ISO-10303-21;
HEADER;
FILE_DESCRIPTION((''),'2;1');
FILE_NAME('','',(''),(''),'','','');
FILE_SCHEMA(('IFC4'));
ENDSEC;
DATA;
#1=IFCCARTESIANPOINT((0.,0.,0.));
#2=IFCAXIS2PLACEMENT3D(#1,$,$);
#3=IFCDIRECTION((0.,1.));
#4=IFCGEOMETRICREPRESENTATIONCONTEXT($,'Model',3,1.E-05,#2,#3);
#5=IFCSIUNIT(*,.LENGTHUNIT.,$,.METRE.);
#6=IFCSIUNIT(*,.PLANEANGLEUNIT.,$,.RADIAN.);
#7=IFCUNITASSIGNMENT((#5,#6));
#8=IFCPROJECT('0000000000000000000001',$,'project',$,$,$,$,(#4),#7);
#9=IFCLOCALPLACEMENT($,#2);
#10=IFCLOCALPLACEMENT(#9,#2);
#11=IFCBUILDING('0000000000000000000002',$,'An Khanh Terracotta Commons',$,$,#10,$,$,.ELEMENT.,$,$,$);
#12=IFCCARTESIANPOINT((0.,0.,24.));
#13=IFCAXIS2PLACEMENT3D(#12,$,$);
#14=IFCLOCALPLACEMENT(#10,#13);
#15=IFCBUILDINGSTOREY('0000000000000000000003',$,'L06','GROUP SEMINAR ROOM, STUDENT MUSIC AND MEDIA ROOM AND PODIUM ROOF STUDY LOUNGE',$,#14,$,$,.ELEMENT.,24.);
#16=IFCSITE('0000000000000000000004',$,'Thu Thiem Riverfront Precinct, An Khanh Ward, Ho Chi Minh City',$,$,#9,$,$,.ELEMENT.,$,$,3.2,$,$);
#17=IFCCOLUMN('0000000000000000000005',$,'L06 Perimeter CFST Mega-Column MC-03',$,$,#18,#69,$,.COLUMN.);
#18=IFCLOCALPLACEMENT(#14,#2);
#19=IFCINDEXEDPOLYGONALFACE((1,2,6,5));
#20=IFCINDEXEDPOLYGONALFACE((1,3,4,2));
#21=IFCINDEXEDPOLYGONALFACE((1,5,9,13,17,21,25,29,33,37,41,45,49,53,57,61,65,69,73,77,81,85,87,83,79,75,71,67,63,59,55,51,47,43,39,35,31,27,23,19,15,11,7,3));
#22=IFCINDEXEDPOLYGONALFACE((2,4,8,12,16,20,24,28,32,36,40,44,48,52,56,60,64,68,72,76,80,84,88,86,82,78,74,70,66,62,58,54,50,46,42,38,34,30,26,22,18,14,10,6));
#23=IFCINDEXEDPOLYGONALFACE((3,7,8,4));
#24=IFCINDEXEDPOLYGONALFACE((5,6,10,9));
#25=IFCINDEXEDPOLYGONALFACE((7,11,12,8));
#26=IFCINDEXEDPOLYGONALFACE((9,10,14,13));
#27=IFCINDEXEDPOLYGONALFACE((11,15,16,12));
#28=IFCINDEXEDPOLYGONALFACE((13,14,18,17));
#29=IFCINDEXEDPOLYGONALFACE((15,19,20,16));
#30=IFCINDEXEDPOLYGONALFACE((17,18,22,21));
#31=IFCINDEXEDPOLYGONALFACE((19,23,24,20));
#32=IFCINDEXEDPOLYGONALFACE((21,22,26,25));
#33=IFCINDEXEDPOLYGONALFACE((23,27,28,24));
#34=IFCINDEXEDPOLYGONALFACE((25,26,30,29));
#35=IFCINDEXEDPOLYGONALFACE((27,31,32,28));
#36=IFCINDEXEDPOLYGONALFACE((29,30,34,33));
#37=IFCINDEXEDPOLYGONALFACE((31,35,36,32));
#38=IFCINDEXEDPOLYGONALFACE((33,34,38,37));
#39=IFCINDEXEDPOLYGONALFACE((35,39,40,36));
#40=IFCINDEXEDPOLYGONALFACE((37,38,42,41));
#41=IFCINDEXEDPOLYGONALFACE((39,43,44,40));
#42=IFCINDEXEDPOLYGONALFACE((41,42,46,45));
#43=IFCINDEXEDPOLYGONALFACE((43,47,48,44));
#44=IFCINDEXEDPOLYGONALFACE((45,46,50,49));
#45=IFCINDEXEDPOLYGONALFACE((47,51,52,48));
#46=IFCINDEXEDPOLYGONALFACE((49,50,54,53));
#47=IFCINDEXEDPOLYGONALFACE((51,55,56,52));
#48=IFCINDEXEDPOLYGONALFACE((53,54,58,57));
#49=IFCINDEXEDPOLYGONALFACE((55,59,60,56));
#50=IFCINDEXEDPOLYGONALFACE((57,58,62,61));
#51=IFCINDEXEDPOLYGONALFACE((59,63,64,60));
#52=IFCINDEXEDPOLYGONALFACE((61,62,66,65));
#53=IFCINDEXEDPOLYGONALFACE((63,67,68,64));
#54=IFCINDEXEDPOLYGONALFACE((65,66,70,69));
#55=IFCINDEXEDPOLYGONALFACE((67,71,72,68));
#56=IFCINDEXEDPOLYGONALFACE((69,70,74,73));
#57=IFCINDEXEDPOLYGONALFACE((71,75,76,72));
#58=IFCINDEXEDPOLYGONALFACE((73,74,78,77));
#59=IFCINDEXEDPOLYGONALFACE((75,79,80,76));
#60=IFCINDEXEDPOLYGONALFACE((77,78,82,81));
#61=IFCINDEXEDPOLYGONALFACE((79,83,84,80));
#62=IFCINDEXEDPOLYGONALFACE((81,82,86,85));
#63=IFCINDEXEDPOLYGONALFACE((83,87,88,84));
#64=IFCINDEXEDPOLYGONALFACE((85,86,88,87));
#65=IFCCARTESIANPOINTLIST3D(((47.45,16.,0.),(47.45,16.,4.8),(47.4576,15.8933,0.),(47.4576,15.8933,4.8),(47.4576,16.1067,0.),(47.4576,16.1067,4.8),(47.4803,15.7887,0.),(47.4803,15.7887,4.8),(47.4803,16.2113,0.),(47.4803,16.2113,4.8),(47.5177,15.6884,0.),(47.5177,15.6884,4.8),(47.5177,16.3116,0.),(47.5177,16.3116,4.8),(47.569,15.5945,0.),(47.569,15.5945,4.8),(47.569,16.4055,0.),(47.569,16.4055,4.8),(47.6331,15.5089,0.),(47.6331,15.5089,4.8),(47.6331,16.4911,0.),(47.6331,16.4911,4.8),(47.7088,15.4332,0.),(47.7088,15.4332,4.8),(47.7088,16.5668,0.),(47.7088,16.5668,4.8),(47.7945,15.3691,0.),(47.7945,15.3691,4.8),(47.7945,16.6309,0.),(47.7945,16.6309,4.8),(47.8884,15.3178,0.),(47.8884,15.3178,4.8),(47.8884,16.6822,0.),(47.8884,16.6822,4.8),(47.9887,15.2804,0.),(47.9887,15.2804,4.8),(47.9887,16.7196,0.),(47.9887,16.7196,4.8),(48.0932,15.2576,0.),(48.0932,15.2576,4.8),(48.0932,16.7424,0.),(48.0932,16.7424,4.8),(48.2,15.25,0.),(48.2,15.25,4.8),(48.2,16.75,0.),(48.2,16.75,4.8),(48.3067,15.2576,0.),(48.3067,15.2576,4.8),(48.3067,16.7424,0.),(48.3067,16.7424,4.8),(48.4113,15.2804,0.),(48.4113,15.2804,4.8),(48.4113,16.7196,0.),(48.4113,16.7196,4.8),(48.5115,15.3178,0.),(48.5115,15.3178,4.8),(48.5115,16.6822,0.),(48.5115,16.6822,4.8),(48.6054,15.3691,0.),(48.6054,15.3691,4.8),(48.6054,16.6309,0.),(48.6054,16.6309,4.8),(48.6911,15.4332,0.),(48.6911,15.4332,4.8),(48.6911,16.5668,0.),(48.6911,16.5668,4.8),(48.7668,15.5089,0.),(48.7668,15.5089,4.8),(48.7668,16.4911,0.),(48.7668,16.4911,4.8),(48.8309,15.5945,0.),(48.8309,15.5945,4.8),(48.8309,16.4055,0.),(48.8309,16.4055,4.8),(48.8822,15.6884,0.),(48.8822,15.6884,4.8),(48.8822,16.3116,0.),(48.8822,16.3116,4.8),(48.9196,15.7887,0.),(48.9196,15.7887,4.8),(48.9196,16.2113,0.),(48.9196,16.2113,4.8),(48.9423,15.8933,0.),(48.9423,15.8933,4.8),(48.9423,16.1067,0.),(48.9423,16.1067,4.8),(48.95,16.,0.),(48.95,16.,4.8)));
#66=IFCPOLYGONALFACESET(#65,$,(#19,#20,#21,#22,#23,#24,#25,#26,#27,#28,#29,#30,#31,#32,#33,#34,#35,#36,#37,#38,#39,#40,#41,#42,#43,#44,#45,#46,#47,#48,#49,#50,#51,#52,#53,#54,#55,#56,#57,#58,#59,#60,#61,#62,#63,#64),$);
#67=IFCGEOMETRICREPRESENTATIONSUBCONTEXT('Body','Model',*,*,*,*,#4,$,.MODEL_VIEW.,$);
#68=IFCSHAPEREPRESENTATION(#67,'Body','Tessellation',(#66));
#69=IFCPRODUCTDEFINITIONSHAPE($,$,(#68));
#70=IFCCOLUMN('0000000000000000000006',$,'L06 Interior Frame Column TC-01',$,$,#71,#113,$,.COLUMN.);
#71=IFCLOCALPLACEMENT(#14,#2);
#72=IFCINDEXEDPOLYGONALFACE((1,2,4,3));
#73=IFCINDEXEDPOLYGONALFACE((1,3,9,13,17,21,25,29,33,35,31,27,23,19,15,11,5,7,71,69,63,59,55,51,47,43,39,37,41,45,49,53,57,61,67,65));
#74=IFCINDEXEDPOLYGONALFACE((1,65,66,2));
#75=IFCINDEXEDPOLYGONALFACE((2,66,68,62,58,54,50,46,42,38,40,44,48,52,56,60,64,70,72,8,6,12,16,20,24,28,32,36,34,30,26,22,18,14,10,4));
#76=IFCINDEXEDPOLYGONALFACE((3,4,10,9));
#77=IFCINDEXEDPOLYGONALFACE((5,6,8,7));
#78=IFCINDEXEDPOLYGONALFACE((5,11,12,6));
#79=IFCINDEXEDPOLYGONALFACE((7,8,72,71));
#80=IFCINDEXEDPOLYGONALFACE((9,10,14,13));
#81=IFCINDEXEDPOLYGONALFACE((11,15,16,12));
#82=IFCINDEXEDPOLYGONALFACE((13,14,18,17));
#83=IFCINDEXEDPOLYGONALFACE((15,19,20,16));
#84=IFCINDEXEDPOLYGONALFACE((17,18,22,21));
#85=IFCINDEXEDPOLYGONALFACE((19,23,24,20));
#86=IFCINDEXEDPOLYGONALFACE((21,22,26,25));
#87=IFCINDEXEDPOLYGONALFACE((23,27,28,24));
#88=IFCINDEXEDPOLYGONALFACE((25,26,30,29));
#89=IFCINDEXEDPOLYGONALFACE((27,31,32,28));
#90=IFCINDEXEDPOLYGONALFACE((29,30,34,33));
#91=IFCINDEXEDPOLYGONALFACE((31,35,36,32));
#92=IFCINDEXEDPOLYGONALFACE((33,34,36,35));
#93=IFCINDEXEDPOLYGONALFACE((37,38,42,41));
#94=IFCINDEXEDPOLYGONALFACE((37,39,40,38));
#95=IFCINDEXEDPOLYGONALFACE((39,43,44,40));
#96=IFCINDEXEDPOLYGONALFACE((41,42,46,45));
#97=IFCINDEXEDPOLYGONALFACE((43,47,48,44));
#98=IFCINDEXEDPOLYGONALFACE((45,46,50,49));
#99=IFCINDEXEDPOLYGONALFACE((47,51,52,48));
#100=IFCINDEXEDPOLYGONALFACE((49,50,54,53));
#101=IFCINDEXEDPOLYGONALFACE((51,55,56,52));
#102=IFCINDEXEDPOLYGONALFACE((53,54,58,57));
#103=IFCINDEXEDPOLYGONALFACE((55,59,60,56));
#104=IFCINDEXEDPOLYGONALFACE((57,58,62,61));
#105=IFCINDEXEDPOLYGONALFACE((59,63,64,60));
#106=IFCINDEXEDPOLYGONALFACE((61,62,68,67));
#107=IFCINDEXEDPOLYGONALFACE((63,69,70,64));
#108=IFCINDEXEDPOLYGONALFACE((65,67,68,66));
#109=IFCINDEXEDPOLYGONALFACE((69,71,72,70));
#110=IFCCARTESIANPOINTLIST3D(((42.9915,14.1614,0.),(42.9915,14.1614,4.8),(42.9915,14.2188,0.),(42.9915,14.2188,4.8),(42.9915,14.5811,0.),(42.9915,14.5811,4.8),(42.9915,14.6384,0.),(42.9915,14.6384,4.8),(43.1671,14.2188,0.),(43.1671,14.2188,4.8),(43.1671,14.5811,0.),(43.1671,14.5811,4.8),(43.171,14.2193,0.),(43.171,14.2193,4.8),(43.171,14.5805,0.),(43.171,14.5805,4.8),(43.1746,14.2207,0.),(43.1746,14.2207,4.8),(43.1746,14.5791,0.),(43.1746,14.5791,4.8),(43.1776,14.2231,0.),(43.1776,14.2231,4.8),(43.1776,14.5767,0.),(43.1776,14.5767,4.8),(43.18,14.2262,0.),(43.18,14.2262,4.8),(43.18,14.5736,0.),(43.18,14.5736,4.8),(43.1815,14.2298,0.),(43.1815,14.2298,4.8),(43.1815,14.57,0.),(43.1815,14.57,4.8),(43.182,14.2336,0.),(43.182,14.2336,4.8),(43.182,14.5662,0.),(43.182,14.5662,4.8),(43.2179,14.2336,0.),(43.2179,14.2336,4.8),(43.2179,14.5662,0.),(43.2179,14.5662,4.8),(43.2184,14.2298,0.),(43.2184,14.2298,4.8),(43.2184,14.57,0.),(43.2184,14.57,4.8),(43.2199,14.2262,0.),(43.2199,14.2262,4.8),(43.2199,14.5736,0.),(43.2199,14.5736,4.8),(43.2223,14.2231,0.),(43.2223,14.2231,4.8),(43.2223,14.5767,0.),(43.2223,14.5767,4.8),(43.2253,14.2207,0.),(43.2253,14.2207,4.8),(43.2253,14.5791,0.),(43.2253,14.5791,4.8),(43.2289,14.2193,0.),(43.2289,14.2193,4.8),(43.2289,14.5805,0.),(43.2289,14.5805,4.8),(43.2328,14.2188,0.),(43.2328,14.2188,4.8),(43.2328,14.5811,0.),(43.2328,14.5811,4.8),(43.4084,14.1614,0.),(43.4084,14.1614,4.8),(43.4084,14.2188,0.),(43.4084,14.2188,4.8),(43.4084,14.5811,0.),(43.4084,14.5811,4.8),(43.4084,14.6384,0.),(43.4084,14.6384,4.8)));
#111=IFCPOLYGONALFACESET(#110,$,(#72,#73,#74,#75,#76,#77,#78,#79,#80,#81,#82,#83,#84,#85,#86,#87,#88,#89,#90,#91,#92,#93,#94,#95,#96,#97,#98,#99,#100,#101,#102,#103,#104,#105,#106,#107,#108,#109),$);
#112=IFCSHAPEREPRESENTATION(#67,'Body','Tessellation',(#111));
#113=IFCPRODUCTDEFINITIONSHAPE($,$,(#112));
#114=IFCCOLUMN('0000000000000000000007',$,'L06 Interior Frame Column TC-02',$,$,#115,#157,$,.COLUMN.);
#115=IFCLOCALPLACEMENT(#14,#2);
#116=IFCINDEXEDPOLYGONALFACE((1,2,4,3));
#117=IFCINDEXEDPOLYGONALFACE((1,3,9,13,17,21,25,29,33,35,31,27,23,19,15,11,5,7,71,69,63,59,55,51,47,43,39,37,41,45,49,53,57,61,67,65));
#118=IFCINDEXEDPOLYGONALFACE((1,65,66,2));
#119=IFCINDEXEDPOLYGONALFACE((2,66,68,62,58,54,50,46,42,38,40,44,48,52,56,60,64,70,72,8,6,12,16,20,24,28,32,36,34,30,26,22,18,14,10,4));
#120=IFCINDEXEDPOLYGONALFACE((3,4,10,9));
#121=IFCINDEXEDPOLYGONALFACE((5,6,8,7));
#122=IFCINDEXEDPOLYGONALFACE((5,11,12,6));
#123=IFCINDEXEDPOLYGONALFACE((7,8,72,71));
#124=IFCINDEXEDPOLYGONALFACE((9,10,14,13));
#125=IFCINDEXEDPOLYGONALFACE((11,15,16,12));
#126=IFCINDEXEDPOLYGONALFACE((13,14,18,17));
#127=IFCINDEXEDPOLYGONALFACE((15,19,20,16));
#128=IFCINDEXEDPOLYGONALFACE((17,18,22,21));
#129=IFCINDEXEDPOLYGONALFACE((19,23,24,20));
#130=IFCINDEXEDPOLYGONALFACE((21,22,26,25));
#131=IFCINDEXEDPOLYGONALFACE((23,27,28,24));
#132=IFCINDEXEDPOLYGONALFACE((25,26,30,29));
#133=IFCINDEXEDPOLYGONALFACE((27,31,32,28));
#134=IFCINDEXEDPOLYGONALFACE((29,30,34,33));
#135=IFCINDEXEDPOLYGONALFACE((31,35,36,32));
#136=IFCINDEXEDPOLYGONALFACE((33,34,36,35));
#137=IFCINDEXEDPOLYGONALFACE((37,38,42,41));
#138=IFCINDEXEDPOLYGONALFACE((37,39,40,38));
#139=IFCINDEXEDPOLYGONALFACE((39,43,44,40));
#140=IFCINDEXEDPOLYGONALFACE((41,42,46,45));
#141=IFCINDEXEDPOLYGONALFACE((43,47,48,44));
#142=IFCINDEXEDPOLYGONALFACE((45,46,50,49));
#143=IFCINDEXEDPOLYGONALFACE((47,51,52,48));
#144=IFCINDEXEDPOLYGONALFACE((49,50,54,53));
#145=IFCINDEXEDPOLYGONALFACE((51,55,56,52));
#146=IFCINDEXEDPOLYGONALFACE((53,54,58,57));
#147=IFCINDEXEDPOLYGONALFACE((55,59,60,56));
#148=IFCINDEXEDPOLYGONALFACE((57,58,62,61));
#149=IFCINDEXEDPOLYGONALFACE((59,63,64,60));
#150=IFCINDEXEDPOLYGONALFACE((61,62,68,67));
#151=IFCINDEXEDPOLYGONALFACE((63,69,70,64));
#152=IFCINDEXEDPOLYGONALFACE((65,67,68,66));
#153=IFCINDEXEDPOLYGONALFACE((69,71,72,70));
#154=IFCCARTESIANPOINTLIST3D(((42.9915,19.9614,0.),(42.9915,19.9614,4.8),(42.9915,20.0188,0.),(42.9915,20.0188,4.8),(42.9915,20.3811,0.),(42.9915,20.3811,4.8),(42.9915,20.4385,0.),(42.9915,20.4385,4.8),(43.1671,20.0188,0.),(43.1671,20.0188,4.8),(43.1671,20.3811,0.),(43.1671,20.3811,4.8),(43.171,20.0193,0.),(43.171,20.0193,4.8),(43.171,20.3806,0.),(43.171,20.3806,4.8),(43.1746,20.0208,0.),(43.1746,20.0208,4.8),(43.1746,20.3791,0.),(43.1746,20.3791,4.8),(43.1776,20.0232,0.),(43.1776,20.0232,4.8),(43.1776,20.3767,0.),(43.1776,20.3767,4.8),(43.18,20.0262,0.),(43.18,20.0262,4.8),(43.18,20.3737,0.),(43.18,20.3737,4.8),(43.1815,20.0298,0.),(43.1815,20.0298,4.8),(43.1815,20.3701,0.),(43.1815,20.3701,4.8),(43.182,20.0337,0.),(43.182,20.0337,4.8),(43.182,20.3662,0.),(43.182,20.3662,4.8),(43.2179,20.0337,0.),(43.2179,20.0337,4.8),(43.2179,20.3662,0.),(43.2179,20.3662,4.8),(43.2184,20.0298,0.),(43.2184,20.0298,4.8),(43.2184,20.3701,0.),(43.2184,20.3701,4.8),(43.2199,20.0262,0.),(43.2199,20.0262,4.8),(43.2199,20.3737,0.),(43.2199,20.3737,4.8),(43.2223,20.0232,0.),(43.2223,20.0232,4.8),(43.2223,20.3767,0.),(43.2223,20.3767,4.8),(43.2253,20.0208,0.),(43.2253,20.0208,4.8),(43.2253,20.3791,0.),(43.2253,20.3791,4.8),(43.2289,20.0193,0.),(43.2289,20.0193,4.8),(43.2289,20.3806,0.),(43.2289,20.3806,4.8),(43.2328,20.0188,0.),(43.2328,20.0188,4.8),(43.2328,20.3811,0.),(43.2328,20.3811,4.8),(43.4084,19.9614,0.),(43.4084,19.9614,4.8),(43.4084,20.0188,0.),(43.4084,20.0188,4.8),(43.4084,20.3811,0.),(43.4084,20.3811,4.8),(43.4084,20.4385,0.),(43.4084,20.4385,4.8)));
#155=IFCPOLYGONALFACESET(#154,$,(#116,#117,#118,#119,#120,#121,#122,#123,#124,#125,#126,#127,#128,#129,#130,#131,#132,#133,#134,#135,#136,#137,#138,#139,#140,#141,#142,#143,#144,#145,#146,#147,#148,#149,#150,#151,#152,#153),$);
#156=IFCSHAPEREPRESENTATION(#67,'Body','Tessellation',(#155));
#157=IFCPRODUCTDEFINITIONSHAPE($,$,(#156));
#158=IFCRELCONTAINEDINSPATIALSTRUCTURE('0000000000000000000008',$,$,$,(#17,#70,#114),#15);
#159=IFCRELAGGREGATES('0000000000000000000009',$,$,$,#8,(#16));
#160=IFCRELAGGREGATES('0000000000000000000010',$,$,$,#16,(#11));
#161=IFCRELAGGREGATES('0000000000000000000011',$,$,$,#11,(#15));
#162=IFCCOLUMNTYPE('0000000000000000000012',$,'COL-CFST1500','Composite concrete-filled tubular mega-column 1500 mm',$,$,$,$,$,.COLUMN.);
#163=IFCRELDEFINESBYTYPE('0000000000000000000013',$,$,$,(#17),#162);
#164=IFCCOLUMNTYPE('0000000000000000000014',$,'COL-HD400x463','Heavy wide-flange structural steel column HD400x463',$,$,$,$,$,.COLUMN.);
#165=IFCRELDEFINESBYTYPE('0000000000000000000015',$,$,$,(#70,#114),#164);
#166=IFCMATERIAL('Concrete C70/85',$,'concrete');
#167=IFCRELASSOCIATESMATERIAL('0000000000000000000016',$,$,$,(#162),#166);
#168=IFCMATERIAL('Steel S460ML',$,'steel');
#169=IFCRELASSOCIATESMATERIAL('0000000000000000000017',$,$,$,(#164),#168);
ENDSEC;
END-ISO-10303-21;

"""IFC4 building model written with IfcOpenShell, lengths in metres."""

from ifc_helpers import new_model, si_unit, direction, frame, origin, origin_2d, place, context, subcontext, project, spatial, circle, i_section, extrude, material, material_profile, profile_set, type_object, element, save


model = new_model("IFC4")

# Units and contexts
model_context = context("Model", 3, precision=1e-05, world=origin(), true_north=direction((0.0, 1.0)))
body_context = subcontext(model_context, "Body", "Model", "MODEL_VIEW")
ifc_project = project(units=[si_unit("LENGTHUNIT", "METRE"), si_unit("PLANEANGLEUNIT", "RADIAN")], contexts=[model_context])

# Site, building, storey
site_placement = place(None, origin())
site = spatial("IfcSite", under=ifc_project, at=site_placement, Name="Thu Thiem Riverfront Precinct, An Khanh Ward, Ho Chi Minh City", CompositionType="ELEMENT", RefElevation=3.2)
building_placement = place(site_placement, origin())
building = spatial("IfcBuilding", under=site, at=building_placement, Name="An Khanh Terracotta Commons", CompositionType="ELEMENT")
storey_placement = place(building_placement, frame((0.0, 0.0, 24.0)))
storey = spatial("IfcBuildingStorey", under=building, at=storey_placement, Name="L06", Description="GROUP SEMINAR ROOM, STUDENT MUSIC AND MEDIA ROOM AND PODIUM ROOF STUDY LOUNGE", CompositionType="ELEMENT", Elevation=24.0)

# Columns
ifc_material_1 = material(Name="Concrete C70/85", Category="concrete")
ifc_material_profile_1 = material_profile(ifc_material_1, circle(Radius=0.75, at=origin_2d()), Name="CFST1500")
ifc_profile_set_1 = profile_set([ifc_material_profile_1], Name="Concrete C70/85")
column_type_1 = type_object("IfcColumnType", Name="COL-CFST1500", Description="Composite concrete-filled tubular mega-column 1500 mm", PredefinedType="COLUMN", material=ifc_profile_set_1)
column_placement = place(storey_placement, frame((48.2, 16.0, 0.0), z_axis=(0.0, 0.0, 1.0), x_axis=(1.0, 0.0, 0.0)))
element("IfcColumn", 1, at=column_placement, inside=storey, type_object=column_type_1, Name="L06 Perimeter CFST Mega-Column MC-03", PredefinedType="COLUMN", context=body_context, shape_type="SweptSolid", body=[
    extrude(circle(Radius=0.75, at=origin_2d()), origin(), (0.0, 0.0, 1.0), 4.8),
])
ifc_material_2 = material(Name="Steel S460ML", Category="steel")
ifc_material_profile_2 = material_profile(ifc_material_2, i_section(OverallWidth=0.417, OverallDepth=0.4771, WebThickness=0.0359, FlangeThickness=0.0574, FilletRadius=0.0149, at=origin_2d()), Name="HD400x463")
ifc_profile_set_2 = profile_set([ifc_material_profile_2], Name="Steel S460ML")
column_type_2 = type_object("IfcColumnType", Name="COL-HD400x463", Description="Heavy wide-flange structural steel column HD400x463", PredefinedType="COLUMN", material=ifc_profile_set_2)
for number, where, z_axis, x_axis, name in (
    (2, (43.2, 14.3999, 0.0), (0.0, 0.0, 1.0), (1.0, 0.0, 0.0), "L06 Interior Frame Column TC-01"),
    (3, (43.2, 20.2, 0.0), (0.0, 0.0, 1.0), (1.0, 0.0, 0.0), "L06 Interior Frame Column TC-02"),
):
    element("IfcColumn", number, at=place(storey_placement, frame(where, z_axis=z_axis, x_axis=x_axis)), inside=storey, type_object=column_type_2, Name=name, PredefinedType="COLUMN", context=body_context, shape_type="SweptSolid", body=[
        extrude(i_section(OverallWidth=0.417, OverallDepth=0.4771, WebThickness=0.0359, FlangeThickness=0.0574, FilletRadius=0.0149, at=origin_2d()), origin(), (0.0, 0.0, 1.0), 4.8),
    ])

save(model, "model.ifc")
